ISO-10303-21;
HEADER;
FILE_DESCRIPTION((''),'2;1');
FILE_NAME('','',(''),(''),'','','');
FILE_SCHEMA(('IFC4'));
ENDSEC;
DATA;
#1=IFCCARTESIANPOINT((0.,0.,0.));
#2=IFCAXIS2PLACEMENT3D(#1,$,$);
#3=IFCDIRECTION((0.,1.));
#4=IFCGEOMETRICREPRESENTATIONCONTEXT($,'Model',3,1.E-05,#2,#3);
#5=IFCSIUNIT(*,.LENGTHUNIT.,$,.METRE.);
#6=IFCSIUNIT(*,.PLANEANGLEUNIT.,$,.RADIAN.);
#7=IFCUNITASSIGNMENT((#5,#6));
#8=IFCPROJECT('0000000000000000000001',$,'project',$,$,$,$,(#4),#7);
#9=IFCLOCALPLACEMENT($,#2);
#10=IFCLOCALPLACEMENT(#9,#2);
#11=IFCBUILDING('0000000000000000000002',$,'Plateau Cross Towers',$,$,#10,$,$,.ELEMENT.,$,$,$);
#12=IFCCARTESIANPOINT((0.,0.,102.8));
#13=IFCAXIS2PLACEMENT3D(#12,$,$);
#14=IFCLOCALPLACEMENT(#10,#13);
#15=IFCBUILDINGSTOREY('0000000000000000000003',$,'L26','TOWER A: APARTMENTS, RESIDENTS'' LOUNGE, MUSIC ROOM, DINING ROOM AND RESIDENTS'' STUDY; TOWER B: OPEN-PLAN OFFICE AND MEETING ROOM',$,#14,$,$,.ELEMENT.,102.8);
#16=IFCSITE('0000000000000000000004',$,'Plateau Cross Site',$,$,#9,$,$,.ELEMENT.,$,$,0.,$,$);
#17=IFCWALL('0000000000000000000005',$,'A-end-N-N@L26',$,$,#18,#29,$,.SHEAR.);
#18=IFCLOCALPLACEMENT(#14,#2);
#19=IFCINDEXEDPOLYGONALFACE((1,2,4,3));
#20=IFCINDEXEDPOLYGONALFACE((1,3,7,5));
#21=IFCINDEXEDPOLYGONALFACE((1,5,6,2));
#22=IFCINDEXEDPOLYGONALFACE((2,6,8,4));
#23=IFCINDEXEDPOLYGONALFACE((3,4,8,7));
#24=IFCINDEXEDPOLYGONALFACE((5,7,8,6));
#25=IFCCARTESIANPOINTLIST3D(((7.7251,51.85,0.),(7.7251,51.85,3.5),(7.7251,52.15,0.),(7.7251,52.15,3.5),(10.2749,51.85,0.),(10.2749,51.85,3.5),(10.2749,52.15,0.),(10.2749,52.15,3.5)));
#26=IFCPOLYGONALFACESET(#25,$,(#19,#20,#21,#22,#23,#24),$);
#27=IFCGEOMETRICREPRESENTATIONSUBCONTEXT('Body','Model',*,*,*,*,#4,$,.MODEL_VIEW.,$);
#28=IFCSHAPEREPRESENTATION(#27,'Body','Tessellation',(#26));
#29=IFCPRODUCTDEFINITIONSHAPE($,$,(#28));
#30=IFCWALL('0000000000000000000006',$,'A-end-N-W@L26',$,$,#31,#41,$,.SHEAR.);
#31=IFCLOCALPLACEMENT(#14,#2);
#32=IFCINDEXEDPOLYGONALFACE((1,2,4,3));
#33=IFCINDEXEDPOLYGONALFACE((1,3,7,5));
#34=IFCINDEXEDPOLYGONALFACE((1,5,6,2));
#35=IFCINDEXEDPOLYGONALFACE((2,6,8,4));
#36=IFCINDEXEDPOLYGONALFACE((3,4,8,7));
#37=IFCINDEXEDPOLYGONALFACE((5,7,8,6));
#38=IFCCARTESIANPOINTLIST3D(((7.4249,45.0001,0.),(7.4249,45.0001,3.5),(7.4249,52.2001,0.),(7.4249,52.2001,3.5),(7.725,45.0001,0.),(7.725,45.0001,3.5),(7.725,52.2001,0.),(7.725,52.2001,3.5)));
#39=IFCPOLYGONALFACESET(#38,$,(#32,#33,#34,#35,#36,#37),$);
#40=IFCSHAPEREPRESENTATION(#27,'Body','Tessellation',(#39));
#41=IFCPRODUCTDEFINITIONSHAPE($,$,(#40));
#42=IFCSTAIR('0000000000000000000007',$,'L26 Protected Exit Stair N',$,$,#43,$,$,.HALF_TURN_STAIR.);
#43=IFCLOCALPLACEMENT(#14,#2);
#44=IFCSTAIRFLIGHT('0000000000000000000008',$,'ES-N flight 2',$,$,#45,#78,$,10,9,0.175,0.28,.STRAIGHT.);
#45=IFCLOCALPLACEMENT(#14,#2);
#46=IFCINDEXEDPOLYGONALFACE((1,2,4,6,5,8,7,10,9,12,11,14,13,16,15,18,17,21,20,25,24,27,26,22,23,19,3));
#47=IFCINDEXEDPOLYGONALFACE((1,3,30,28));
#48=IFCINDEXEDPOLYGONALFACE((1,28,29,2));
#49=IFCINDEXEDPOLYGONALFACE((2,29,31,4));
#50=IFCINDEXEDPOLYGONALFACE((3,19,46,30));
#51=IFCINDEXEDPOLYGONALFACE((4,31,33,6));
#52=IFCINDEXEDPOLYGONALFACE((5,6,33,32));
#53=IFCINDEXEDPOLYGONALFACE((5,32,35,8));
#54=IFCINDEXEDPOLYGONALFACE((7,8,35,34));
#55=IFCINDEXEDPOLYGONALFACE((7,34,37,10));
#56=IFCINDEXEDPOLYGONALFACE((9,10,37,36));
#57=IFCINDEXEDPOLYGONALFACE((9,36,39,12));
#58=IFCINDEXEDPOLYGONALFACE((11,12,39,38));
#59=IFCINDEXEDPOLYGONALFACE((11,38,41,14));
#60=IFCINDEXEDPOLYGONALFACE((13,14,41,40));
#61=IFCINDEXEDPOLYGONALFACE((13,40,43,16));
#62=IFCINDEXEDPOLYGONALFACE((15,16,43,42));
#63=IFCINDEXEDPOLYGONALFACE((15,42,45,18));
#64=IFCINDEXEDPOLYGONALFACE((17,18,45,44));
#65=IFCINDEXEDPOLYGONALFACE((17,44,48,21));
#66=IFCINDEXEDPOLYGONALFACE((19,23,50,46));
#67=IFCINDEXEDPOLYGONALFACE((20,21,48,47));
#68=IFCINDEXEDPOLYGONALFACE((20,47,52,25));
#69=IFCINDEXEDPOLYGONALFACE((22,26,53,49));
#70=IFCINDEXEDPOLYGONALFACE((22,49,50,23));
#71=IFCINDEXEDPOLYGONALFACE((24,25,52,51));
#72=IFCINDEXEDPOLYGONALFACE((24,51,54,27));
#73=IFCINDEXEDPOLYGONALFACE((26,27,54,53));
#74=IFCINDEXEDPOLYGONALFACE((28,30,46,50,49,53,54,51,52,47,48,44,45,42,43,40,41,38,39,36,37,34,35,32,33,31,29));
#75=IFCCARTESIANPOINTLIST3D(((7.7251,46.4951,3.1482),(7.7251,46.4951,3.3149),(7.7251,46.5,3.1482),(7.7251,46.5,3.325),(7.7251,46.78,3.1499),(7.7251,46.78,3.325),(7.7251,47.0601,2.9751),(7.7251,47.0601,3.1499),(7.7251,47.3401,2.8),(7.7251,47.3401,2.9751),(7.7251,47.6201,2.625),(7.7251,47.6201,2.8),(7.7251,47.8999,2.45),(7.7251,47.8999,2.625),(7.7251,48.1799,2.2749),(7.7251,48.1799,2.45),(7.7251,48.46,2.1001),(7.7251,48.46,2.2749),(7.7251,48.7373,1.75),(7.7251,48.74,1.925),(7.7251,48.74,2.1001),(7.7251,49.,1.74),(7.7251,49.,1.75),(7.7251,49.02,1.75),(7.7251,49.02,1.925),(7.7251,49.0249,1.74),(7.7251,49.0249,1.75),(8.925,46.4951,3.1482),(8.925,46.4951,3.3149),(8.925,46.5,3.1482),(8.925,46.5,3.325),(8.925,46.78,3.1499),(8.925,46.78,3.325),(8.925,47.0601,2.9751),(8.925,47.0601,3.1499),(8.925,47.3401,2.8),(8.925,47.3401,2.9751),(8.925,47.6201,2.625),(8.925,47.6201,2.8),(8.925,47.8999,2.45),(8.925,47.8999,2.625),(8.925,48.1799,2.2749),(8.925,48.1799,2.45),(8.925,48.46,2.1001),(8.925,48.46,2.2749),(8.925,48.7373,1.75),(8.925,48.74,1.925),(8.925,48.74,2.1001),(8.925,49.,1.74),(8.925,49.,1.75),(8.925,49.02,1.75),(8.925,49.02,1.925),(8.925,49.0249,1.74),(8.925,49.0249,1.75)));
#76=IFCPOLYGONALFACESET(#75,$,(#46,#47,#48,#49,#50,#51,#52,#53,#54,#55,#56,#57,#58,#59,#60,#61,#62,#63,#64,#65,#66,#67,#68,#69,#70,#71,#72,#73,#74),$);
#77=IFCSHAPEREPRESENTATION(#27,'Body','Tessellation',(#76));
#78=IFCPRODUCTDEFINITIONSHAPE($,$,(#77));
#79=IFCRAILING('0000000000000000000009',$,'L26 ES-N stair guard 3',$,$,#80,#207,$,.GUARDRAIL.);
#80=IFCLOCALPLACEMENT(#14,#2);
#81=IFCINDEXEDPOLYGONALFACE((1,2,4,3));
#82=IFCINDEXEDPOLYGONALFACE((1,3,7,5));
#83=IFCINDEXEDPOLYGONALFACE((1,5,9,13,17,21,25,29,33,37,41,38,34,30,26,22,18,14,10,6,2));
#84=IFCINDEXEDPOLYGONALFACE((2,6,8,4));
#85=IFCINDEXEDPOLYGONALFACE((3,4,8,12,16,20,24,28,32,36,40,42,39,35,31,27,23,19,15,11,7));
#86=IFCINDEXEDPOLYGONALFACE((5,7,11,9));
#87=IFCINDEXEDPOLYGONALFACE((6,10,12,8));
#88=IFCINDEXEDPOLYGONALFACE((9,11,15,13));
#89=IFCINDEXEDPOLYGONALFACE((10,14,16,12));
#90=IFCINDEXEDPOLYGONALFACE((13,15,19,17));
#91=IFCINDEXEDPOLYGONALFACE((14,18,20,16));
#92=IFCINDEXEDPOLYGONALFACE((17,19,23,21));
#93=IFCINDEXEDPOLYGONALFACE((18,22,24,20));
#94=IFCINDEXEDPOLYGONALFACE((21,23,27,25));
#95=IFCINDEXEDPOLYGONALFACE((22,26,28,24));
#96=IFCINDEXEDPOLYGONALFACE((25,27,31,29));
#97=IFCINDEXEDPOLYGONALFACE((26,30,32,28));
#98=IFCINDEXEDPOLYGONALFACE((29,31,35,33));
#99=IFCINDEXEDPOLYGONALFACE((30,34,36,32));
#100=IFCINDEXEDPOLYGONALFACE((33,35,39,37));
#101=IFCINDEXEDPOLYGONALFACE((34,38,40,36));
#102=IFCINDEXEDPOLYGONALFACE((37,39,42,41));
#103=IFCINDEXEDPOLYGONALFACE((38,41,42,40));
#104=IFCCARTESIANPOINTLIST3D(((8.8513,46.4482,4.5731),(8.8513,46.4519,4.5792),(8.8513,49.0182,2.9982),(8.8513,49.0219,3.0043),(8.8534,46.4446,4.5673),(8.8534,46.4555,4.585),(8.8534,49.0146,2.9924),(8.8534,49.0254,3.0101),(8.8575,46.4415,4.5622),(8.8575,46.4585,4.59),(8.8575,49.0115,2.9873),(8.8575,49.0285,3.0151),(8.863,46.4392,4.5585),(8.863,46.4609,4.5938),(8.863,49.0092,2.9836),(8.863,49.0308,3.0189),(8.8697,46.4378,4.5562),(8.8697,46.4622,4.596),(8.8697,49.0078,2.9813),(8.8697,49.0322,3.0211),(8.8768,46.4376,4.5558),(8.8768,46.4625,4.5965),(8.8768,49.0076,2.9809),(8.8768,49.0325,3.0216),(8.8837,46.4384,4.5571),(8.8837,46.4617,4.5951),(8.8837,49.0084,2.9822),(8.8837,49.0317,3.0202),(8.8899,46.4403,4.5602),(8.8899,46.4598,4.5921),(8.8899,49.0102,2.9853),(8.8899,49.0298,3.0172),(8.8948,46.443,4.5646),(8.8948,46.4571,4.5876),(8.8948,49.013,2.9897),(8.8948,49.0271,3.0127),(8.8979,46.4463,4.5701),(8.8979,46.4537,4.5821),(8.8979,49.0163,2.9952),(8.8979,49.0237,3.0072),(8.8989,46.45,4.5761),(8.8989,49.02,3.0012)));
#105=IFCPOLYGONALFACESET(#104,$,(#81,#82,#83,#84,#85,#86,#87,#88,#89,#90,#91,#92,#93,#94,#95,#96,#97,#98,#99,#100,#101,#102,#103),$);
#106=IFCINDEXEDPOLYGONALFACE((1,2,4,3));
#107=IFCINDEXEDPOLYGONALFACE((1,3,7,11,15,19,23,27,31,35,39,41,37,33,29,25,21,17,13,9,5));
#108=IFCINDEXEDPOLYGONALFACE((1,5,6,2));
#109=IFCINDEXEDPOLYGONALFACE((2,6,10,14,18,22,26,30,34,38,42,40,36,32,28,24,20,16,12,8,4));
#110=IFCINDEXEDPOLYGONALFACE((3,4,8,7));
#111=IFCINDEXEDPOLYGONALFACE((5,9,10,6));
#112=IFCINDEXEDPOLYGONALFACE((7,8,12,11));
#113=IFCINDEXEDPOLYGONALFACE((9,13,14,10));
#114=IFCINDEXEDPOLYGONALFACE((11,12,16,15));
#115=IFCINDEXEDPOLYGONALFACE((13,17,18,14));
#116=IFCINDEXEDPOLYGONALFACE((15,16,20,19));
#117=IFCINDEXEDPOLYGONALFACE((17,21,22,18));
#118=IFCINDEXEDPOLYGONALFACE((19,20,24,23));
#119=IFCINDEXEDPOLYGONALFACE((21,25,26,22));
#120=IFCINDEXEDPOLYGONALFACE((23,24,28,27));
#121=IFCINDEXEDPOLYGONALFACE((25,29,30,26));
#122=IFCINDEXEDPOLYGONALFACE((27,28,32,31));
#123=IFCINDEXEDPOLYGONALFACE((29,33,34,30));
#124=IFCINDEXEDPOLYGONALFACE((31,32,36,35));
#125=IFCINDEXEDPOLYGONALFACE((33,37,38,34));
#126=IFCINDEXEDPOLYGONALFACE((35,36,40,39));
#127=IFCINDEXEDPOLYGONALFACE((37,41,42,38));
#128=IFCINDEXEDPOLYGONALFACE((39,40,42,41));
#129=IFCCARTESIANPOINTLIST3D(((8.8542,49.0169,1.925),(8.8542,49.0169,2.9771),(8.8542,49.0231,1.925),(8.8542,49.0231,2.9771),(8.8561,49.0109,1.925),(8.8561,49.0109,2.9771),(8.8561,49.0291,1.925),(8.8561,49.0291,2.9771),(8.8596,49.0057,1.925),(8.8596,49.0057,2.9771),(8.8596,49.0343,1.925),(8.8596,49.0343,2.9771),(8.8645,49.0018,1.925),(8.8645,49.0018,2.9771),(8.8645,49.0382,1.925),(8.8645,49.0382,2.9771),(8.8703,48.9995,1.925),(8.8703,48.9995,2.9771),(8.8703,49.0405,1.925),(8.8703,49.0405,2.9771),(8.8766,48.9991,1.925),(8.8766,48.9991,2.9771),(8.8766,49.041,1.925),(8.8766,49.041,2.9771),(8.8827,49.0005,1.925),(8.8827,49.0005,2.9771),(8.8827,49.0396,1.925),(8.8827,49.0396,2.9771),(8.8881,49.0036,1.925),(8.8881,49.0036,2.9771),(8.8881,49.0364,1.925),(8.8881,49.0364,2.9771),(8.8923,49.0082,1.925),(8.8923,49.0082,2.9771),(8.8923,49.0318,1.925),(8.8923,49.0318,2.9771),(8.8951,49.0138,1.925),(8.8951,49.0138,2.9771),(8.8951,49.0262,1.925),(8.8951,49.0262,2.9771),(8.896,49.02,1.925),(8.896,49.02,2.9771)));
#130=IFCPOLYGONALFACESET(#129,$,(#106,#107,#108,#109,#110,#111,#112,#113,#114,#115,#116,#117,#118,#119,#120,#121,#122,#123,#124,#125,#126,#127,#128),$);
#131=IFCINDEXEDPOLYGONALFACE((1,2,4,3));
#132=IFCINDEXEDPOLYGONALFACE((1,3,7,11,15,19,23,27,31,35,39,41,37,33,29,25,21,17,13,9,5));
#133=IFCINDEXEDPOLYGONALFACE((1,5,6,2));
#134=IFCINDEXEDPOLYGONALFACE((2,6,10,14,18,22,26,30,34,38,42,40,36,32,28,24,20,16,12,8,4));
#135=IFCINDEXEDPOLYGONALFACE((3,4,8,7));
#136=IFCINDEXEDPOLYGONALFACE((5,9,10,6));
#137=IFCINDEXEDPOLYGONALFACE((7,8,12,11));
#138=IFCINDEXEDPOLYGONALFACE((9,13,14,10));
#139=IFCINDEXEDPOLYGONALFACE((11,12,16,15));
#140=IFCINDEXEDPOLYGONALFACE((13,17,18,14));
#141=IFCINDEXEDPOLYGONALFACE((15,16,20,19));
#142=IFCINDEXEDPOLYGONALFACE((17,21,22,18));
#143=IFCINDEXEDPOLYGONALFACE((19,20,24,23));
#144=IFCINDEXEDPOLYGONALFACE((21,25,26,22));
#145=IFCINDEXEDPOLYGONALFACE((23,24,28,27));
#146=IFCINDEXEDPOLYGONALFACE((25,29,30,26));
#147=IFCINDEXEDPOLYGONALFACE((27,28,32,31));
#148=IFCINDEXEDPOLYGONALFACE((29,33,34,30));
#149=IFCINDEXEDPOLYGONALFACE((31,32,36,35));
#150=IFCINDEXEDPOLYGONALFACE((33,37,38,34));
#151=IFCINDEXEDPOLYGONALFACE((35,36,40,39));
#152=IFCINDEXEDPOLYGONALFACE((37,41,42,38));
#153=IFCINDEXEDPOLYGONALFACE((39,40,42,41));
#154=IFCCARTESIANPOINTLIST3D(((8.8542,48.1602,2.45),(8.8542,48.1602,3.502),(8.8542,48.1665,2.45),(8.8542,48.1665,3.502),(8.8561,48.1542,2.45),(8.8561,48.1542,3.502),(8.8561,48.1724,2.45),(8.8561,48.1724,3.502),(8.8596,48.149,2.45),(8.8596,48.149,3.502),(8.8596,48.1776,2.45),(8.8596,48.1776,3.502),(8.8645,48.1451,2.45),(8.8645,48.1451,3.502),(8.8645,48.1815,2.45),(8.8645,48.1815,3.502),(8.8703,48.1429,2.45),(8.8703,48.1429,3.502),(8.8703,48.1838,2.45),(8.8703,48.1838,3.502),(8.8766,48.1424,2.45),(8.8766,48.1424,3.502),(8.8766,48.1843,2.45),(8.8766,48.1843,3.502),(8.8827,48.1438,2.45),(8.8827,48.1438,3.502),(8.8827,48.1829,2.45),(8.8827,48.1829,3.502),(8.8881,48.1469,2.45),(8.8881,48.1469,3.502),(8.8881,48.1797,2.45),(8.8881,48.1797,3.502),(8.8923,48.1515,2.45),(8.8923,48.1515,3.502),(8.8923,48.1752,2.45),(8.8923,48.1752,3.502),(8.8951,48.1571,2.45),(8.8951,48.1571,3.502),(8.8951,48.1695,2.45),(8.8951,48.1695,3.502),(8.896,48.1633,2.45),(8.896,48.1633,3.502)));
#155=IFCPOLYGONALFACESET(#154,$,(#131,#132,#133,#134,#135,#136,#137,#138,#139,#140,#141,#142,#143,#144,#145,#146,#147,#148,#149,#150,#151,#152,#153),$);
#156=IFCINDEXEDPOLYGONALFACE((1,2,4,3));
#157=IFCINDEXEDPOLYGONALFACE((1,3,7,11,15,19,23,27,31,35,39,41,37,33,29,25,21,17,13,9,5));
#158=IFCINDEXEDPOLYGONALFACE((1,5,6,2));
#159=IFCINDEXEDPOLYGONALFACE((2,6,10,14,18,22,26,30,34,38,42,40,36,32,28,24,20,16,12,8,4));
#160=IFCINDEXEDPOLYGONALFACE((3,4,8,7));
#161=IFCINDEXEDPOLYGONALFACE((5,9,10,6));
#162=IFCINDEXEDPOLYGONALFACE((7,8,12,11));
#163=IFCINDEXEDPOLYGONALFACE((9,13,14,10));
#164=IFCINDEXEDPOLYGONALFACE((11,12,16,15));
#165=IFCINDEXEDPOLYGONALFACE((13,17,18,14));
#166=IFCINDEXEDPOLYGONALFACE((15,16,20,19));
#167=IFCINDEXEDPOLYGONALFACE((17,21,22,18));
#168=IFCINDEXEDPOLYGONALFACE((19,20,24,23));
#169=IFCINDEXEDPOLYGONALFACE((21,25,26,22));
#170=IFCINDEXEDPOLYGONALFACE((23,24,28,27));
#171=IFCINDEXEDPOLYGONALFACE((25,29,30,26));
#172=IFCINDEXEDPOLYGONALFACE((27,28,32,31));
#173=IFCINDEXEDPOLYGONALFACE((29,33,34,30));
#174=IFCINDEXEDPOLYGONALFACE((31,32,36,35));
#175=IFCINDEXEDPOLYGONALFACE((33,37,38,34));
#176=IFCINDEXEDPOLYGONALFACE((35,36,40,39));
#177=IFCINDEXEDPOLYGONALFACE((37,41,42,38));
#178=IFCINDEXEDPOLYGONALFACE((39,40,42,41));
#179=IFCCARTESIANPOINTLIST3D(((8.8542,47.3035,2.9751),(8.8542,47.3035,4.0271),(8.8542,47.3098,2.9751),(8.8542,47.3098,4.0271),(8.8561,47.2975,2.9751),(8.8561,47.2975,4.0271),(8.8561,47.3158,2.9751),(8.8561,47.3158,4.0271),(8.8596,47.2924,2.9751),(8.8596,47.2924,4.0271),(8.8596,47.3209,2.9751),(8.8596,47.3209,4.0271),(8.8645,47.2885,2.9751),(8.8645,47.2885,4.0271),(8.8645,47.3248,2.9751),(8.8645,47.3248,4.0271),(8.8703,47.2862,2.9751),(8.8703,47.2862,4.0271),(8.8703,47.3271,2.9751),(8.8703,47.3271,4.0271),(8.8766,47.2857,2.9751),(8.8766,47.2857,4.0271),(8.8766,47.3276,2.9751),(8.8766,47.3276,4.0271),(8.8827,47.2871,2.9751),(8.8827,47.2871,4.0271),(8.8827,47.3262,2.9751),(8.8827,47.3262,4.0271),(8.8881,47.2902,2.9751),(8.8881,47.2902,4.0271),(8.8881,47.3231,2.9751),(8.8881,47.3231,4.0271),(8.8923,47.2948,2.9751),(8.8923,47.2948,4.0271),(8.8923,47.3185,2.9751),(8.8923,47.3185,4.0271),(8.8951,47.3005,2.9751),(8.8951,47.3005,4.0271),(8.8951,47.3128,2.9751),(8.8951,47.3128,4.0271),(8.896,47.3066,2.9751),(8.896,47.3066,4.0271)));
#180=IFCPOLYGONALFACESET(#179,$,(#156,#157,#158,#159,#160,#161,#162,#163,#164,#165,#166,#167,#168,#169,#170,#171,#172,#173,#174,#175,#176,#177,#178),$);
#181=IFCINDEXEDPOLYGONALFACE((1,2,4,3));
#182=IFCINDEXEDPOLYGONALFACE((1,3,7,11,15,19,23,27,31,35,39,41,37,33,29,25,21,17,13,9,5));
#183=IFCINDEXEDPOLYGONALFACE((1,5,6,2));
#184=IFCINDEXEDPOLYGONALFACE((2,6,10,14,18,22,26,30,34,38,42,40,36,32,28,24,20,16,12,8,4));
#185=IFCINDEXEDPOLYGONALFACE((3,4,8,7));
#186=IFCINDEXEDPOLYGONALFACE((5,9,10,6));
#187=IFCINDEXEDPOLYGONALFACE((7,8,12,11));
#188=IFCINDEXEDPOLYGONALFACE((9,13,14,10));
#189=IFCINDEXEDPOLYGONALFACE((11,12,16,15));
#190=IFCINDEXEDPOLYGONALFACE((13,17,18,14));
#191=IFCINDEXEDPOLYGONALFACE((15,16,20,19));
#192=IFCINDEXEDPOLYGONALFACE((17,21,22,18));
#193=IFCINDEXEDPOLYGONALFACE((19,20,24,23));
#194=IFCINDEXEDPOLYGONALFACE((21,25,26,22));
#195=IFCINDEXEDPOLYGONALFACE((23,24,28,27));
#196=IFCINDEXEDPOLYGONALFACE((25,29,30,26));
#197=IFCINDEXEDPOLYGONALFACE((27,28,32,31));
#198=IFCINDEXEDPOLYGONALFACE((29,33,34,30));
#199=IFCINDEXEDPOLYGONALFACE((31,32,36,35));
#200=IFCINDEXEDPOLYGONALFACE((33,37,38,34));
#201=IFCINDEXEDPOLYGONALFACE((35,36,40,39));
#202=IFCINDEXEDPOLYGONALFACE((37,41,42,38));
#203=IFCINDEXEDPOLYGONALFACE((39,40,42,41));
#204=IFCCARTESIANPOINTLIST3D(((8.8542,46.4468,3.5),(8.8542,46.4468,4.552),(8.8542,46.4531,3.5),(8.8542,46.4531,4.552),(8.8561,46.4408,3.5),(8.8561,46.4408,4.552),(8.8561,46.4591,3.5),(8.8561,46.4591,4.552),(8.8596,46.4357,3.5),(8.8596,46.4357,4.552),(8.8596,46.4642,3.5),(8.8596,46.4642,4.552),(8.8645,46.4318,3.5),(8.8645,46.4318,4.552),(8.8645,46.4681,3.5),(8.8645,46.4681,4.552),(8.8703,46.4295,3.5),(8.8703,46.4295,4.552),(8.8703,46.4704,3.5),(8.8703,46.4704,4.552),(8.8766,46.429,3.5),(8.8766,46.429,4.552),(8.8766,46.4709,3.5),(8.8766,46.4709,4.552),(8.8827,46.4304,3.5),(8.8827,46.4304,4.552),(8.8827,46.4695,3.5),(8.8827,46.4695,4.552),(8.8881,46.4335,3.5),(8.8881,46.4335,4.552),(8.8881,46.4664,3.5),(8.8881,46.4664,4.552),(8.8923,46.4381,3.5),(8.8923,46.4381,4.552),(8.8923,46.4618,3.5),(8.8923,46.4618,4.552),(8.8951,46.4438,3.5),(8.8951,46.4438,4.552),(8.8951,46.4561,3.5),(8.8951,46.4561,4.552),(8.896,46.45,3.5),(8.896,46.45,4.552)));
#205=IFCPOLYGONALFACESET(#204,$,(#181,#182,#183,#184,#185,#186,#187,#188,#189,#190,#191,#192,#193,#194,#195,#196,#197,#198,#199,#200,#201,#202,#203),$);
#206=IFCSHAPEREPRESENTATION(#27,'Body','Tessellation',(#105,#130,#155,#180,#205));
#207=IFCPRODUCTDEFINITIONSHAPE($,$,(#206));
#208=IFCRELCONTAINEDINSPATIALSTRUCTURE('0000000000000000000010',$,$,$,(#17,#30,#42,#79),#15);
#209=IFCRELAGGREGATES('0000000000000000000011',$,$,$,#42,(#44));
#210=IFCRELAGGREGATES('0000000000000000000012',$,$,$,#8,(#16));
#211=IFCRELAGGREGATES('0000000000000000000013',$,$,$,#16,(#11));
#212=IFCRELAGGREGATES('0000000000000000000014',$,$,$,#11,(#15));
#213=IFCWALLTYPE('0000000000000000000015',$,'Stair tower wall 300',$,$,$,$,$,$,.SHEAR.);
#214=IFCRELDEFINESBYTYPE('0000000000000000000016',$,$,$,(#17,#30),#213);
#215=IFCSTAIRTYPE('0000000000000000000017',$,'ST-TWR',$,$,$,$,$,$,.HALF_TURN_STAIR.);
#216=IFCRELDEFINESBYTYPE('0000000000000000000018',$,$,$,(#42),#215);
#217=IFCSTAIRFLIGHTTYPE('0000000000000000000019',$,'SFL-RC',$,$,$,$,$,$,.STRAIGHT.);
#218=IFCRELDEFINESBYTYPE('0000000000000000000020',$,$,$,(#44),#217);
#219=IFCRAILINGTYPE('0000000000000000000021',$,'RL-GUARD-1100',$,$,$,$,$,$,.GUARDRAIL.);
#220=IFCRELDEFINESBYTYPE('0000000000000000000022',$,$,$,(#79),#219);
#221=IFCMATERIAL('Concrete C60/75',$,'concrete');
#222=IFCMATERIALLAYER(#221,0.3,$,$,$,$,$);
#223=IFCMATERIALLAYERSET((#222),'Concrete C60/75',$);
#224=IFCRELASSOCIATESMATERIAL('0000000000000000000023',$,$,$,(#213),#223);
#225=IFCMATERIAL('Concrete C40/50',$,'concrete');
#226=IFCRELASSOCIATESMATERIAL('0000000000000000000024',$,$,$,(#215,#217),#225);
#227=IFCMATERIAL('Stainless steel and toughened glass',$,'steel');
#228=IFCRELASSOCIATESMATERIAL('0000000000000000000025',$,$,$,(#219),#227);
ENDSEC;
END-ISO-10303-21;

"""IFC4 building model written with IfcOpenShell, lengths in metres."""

from ifc_helpers import new_model, si_unit, direction, frame, frame_2d, origin, origin_2d, place, context, subcontext, project, spatial, polyline, rectangle, circle, outline, extrude, material, layer, layer_set, type_object, element, aggregate, save


model = new_model("IFC4")

# Units and contexts
model_context = context("Model", 3, precision=1e-05, world=origin(), true_north=direction((0.0, 1.0)))
body_context = subcontext(model_context, "Body", "Model", "MODEL_VIEW")
ifc_project = project(units=[si_unit("LENGTHUNIT", "METRE"), si_unit("PLANEANGLEUNIT", "RADIAN")], contexts=[model_context])

# Site, building, storey
site_placement = place(None, origin())
site = spatial("IfcSite", under=ifc_project, at=site_placement, Name="Plateau Cross Site", CompositionType="ELEMENT", RefElevation=0.0)
building_placement = place(site_placement, origin())
building = spatial("IfcBuilding", under=site, at=building_placement, Name="Plateau Cross Towers", CompositionType="ELEMENT")
storey_placement = place(building_placement, frame((0.0, 0.0, 102.8)))
storey = spatial("IfcBuildingStorey", under=building, at=storey_placement, Name="L26", Description="TOWER A: APARTMENTS, RESIDENTS' LOUNGE, MUSIC ROOM, DINING ROOM AND RESIDENTS' STUDY; TOWER B: OPEN-PLAN OFFICE AND MEETING ROOM", CompositionType="ELEMENT", Elevation=102.8)

# Shared definitions
ifc_material_1 = material(Name="Concrete C60/75", Category="concrete")

# Shared definitions
ifc_layer_1 = layer(ifc_material_1, 0.3)
ifc_layer_set_1 = layer_set([ifc_layer_1], Name="Concrete C60/75")
wall_type_1 = type_object("IfcWallType", Name="Stair tower wall 300", PredefinedType="SHEAR", material=ifc_layer_set_1)

# Walls
wall_1_placement = place(storey_placement, frame((7.7251, 52.0, 0.0), z_axis=(0.0, 0.0, 1.0), x_axis=(1.0, 0.0, 0.0)))
element("IfcWall", 1, at=wall_1_placement, inside=storey, type_object=wall_type_1, Name="A-end-N-N@L26", PredefinedType="SHEAR", context=body_context, shape_type="SweptSolid", body=[
    extrude(rectangle(XDim=2.5498, YDim=0.3, at=frame_2d((1.2749, 0.0))), origin(), (0.0, 0.0, 1.0), 3.5),
])
wall_2_placement = place(storey_placement, frame((7.575, 45.0, 0.0), z_axis=(0.0, 0.0, 1.0), x_axis=(0.0, 1.0, 0.0)))
element("IfcWall", 2, at=wall_2_placement, inside=storey, type_object=wall_type_1, Name="A-end-N-W@L26", PredefinedType="SHEAR", context=body_context, shape_type="SweptSolid", body=[
    extrude(rectangle(XDim=7.2, YDim=0.3, at=frame_2d((3.6001, 0.0))), origin(), (0.0, 0.0, 1.0), 3.5),
])

# Stair, stair flight
ifc_material_2 = material(Name="Concrete C40/50", Category="concrete")
stair_type = type_object("IfcStairType", Name="ST-TWR", PredefinedType="HALF_TURN_STAIR", material=ifc_material_2)
stair_placement = place(storey_placement, origin())
stair = element("IfcStair", 3, at=stair_placement, inside=storey, type_object=stair_type, Name="L26 Protected Exit Stair N", PredefinedType="HALF_TURN_STAIR")
stair_flight_type = type_object("IfcStairFlightType", Name="SFL-RC", PredefinedType="STRAIGHT", material=ifc_material_2)
stair_flight_placement = place(storey_placement, frame((8.325, 49.02, 1.75), z_axis=(0.0, 0.0, 1.0), x_axis=(0.0, -1.0, 0.0)))
stair_flight = element("IfcStairFlight", 4, at=stair_flight_placement, type_object=stair_flight_type, Name="ES-N flight 2", NumberOfRisers=10, NumberOfTreads=9, PredefinedType="STRAIGHT", RiserHeight=0.175, TreadLength=0.28, context=body_context, shape_type="SweptSolid", body=[
    extrude(outline(polyline([(-0.0049, -0.01), (-0.0049, 0.0), (0.0, 0.0), (0.0, 0.175), (0.28, 0.175), (0.28, 0.3501), (0.5601, 0.3501), (0.5601, 0.5249), (0.8401, 0.5249), (0.8401, 0.7), (1.1201, 0.7), (1.1201, 0.875), (1.3999, 0.875), (1.3999, 1.05), (1.6799, 1.05), (1.6799, 1.2251), (1.96, 1.2251), (1.96, 1.3999), (2.24, 1.3999), (2.24, 1.575), (2.52, 1.575), (2.5249, 1.5649), (2.5249, 1.3982), (2.52, 1.3982), (0.2827, 0.0), (0.02, 0.0), (0.02, -0.01), (-0.0049, -0.01)])), frame((0.0, 0.6001, 0.0), z_axis=(0.0, -1.0, 0.0), x_axis=(1.0, 0.0, 0.0)), (0.0, 0.0, 1.0), 1.2),
])
aggregate(stair, [stair_flight])

# Railing
ifc_material_3 = material(Name="Stainless steel and toughened glass", Category="steel")
railing_type_1 = type_object("IfcRailingType", Name="RL-GUARD-1100", PredefinedType="GUARDRAIL", material=ifc_material_3)
railing_1_placement = place(storey_placement, frame((8.875, 49.02, 1.925)))
element("IfcRailing", 5, at=railing_1_placement, inside=storey, type_object=railing_type_1, Name="L26 ES-N stair guard 3", PredefinedType="GUARDRAIL", context=body_context, shape_type="SweptSolid", body=[
    extrude(circle(Radius=0.0239, at=origin_2d()), frame((0.0, 0.0, 1.0762), z_axis=(0.0, -0.852639, 0.522501), x_axis=(1.0, 0.0, 0.0)), (0.0, 0.0, 1.0), 3.0142),
    extrude(circle(Radius=0.021, at=origin_2d()), origin(), (0.0, 0.0, 1.0), 1.052),
    extrude(circle(Radius=0.021, at=origin_2d()), frame((0.0, -0.8567, 0.5249)), (0.0, 0.0, 1.0), 1.052),
    extrude(circle(Radius=0.021, at=origin_2d()), frame((0.0, -1.7134, 1.05)), (0.0, 0.0, 1.0), 1.052),
    extrude(circle(Radius=0.021, at=origin_2d()), frame((0.0, -2.5701, 1.575)), (0.0, 0.0, 1.0), 1.052),
])

save(model, "model.ifc")
